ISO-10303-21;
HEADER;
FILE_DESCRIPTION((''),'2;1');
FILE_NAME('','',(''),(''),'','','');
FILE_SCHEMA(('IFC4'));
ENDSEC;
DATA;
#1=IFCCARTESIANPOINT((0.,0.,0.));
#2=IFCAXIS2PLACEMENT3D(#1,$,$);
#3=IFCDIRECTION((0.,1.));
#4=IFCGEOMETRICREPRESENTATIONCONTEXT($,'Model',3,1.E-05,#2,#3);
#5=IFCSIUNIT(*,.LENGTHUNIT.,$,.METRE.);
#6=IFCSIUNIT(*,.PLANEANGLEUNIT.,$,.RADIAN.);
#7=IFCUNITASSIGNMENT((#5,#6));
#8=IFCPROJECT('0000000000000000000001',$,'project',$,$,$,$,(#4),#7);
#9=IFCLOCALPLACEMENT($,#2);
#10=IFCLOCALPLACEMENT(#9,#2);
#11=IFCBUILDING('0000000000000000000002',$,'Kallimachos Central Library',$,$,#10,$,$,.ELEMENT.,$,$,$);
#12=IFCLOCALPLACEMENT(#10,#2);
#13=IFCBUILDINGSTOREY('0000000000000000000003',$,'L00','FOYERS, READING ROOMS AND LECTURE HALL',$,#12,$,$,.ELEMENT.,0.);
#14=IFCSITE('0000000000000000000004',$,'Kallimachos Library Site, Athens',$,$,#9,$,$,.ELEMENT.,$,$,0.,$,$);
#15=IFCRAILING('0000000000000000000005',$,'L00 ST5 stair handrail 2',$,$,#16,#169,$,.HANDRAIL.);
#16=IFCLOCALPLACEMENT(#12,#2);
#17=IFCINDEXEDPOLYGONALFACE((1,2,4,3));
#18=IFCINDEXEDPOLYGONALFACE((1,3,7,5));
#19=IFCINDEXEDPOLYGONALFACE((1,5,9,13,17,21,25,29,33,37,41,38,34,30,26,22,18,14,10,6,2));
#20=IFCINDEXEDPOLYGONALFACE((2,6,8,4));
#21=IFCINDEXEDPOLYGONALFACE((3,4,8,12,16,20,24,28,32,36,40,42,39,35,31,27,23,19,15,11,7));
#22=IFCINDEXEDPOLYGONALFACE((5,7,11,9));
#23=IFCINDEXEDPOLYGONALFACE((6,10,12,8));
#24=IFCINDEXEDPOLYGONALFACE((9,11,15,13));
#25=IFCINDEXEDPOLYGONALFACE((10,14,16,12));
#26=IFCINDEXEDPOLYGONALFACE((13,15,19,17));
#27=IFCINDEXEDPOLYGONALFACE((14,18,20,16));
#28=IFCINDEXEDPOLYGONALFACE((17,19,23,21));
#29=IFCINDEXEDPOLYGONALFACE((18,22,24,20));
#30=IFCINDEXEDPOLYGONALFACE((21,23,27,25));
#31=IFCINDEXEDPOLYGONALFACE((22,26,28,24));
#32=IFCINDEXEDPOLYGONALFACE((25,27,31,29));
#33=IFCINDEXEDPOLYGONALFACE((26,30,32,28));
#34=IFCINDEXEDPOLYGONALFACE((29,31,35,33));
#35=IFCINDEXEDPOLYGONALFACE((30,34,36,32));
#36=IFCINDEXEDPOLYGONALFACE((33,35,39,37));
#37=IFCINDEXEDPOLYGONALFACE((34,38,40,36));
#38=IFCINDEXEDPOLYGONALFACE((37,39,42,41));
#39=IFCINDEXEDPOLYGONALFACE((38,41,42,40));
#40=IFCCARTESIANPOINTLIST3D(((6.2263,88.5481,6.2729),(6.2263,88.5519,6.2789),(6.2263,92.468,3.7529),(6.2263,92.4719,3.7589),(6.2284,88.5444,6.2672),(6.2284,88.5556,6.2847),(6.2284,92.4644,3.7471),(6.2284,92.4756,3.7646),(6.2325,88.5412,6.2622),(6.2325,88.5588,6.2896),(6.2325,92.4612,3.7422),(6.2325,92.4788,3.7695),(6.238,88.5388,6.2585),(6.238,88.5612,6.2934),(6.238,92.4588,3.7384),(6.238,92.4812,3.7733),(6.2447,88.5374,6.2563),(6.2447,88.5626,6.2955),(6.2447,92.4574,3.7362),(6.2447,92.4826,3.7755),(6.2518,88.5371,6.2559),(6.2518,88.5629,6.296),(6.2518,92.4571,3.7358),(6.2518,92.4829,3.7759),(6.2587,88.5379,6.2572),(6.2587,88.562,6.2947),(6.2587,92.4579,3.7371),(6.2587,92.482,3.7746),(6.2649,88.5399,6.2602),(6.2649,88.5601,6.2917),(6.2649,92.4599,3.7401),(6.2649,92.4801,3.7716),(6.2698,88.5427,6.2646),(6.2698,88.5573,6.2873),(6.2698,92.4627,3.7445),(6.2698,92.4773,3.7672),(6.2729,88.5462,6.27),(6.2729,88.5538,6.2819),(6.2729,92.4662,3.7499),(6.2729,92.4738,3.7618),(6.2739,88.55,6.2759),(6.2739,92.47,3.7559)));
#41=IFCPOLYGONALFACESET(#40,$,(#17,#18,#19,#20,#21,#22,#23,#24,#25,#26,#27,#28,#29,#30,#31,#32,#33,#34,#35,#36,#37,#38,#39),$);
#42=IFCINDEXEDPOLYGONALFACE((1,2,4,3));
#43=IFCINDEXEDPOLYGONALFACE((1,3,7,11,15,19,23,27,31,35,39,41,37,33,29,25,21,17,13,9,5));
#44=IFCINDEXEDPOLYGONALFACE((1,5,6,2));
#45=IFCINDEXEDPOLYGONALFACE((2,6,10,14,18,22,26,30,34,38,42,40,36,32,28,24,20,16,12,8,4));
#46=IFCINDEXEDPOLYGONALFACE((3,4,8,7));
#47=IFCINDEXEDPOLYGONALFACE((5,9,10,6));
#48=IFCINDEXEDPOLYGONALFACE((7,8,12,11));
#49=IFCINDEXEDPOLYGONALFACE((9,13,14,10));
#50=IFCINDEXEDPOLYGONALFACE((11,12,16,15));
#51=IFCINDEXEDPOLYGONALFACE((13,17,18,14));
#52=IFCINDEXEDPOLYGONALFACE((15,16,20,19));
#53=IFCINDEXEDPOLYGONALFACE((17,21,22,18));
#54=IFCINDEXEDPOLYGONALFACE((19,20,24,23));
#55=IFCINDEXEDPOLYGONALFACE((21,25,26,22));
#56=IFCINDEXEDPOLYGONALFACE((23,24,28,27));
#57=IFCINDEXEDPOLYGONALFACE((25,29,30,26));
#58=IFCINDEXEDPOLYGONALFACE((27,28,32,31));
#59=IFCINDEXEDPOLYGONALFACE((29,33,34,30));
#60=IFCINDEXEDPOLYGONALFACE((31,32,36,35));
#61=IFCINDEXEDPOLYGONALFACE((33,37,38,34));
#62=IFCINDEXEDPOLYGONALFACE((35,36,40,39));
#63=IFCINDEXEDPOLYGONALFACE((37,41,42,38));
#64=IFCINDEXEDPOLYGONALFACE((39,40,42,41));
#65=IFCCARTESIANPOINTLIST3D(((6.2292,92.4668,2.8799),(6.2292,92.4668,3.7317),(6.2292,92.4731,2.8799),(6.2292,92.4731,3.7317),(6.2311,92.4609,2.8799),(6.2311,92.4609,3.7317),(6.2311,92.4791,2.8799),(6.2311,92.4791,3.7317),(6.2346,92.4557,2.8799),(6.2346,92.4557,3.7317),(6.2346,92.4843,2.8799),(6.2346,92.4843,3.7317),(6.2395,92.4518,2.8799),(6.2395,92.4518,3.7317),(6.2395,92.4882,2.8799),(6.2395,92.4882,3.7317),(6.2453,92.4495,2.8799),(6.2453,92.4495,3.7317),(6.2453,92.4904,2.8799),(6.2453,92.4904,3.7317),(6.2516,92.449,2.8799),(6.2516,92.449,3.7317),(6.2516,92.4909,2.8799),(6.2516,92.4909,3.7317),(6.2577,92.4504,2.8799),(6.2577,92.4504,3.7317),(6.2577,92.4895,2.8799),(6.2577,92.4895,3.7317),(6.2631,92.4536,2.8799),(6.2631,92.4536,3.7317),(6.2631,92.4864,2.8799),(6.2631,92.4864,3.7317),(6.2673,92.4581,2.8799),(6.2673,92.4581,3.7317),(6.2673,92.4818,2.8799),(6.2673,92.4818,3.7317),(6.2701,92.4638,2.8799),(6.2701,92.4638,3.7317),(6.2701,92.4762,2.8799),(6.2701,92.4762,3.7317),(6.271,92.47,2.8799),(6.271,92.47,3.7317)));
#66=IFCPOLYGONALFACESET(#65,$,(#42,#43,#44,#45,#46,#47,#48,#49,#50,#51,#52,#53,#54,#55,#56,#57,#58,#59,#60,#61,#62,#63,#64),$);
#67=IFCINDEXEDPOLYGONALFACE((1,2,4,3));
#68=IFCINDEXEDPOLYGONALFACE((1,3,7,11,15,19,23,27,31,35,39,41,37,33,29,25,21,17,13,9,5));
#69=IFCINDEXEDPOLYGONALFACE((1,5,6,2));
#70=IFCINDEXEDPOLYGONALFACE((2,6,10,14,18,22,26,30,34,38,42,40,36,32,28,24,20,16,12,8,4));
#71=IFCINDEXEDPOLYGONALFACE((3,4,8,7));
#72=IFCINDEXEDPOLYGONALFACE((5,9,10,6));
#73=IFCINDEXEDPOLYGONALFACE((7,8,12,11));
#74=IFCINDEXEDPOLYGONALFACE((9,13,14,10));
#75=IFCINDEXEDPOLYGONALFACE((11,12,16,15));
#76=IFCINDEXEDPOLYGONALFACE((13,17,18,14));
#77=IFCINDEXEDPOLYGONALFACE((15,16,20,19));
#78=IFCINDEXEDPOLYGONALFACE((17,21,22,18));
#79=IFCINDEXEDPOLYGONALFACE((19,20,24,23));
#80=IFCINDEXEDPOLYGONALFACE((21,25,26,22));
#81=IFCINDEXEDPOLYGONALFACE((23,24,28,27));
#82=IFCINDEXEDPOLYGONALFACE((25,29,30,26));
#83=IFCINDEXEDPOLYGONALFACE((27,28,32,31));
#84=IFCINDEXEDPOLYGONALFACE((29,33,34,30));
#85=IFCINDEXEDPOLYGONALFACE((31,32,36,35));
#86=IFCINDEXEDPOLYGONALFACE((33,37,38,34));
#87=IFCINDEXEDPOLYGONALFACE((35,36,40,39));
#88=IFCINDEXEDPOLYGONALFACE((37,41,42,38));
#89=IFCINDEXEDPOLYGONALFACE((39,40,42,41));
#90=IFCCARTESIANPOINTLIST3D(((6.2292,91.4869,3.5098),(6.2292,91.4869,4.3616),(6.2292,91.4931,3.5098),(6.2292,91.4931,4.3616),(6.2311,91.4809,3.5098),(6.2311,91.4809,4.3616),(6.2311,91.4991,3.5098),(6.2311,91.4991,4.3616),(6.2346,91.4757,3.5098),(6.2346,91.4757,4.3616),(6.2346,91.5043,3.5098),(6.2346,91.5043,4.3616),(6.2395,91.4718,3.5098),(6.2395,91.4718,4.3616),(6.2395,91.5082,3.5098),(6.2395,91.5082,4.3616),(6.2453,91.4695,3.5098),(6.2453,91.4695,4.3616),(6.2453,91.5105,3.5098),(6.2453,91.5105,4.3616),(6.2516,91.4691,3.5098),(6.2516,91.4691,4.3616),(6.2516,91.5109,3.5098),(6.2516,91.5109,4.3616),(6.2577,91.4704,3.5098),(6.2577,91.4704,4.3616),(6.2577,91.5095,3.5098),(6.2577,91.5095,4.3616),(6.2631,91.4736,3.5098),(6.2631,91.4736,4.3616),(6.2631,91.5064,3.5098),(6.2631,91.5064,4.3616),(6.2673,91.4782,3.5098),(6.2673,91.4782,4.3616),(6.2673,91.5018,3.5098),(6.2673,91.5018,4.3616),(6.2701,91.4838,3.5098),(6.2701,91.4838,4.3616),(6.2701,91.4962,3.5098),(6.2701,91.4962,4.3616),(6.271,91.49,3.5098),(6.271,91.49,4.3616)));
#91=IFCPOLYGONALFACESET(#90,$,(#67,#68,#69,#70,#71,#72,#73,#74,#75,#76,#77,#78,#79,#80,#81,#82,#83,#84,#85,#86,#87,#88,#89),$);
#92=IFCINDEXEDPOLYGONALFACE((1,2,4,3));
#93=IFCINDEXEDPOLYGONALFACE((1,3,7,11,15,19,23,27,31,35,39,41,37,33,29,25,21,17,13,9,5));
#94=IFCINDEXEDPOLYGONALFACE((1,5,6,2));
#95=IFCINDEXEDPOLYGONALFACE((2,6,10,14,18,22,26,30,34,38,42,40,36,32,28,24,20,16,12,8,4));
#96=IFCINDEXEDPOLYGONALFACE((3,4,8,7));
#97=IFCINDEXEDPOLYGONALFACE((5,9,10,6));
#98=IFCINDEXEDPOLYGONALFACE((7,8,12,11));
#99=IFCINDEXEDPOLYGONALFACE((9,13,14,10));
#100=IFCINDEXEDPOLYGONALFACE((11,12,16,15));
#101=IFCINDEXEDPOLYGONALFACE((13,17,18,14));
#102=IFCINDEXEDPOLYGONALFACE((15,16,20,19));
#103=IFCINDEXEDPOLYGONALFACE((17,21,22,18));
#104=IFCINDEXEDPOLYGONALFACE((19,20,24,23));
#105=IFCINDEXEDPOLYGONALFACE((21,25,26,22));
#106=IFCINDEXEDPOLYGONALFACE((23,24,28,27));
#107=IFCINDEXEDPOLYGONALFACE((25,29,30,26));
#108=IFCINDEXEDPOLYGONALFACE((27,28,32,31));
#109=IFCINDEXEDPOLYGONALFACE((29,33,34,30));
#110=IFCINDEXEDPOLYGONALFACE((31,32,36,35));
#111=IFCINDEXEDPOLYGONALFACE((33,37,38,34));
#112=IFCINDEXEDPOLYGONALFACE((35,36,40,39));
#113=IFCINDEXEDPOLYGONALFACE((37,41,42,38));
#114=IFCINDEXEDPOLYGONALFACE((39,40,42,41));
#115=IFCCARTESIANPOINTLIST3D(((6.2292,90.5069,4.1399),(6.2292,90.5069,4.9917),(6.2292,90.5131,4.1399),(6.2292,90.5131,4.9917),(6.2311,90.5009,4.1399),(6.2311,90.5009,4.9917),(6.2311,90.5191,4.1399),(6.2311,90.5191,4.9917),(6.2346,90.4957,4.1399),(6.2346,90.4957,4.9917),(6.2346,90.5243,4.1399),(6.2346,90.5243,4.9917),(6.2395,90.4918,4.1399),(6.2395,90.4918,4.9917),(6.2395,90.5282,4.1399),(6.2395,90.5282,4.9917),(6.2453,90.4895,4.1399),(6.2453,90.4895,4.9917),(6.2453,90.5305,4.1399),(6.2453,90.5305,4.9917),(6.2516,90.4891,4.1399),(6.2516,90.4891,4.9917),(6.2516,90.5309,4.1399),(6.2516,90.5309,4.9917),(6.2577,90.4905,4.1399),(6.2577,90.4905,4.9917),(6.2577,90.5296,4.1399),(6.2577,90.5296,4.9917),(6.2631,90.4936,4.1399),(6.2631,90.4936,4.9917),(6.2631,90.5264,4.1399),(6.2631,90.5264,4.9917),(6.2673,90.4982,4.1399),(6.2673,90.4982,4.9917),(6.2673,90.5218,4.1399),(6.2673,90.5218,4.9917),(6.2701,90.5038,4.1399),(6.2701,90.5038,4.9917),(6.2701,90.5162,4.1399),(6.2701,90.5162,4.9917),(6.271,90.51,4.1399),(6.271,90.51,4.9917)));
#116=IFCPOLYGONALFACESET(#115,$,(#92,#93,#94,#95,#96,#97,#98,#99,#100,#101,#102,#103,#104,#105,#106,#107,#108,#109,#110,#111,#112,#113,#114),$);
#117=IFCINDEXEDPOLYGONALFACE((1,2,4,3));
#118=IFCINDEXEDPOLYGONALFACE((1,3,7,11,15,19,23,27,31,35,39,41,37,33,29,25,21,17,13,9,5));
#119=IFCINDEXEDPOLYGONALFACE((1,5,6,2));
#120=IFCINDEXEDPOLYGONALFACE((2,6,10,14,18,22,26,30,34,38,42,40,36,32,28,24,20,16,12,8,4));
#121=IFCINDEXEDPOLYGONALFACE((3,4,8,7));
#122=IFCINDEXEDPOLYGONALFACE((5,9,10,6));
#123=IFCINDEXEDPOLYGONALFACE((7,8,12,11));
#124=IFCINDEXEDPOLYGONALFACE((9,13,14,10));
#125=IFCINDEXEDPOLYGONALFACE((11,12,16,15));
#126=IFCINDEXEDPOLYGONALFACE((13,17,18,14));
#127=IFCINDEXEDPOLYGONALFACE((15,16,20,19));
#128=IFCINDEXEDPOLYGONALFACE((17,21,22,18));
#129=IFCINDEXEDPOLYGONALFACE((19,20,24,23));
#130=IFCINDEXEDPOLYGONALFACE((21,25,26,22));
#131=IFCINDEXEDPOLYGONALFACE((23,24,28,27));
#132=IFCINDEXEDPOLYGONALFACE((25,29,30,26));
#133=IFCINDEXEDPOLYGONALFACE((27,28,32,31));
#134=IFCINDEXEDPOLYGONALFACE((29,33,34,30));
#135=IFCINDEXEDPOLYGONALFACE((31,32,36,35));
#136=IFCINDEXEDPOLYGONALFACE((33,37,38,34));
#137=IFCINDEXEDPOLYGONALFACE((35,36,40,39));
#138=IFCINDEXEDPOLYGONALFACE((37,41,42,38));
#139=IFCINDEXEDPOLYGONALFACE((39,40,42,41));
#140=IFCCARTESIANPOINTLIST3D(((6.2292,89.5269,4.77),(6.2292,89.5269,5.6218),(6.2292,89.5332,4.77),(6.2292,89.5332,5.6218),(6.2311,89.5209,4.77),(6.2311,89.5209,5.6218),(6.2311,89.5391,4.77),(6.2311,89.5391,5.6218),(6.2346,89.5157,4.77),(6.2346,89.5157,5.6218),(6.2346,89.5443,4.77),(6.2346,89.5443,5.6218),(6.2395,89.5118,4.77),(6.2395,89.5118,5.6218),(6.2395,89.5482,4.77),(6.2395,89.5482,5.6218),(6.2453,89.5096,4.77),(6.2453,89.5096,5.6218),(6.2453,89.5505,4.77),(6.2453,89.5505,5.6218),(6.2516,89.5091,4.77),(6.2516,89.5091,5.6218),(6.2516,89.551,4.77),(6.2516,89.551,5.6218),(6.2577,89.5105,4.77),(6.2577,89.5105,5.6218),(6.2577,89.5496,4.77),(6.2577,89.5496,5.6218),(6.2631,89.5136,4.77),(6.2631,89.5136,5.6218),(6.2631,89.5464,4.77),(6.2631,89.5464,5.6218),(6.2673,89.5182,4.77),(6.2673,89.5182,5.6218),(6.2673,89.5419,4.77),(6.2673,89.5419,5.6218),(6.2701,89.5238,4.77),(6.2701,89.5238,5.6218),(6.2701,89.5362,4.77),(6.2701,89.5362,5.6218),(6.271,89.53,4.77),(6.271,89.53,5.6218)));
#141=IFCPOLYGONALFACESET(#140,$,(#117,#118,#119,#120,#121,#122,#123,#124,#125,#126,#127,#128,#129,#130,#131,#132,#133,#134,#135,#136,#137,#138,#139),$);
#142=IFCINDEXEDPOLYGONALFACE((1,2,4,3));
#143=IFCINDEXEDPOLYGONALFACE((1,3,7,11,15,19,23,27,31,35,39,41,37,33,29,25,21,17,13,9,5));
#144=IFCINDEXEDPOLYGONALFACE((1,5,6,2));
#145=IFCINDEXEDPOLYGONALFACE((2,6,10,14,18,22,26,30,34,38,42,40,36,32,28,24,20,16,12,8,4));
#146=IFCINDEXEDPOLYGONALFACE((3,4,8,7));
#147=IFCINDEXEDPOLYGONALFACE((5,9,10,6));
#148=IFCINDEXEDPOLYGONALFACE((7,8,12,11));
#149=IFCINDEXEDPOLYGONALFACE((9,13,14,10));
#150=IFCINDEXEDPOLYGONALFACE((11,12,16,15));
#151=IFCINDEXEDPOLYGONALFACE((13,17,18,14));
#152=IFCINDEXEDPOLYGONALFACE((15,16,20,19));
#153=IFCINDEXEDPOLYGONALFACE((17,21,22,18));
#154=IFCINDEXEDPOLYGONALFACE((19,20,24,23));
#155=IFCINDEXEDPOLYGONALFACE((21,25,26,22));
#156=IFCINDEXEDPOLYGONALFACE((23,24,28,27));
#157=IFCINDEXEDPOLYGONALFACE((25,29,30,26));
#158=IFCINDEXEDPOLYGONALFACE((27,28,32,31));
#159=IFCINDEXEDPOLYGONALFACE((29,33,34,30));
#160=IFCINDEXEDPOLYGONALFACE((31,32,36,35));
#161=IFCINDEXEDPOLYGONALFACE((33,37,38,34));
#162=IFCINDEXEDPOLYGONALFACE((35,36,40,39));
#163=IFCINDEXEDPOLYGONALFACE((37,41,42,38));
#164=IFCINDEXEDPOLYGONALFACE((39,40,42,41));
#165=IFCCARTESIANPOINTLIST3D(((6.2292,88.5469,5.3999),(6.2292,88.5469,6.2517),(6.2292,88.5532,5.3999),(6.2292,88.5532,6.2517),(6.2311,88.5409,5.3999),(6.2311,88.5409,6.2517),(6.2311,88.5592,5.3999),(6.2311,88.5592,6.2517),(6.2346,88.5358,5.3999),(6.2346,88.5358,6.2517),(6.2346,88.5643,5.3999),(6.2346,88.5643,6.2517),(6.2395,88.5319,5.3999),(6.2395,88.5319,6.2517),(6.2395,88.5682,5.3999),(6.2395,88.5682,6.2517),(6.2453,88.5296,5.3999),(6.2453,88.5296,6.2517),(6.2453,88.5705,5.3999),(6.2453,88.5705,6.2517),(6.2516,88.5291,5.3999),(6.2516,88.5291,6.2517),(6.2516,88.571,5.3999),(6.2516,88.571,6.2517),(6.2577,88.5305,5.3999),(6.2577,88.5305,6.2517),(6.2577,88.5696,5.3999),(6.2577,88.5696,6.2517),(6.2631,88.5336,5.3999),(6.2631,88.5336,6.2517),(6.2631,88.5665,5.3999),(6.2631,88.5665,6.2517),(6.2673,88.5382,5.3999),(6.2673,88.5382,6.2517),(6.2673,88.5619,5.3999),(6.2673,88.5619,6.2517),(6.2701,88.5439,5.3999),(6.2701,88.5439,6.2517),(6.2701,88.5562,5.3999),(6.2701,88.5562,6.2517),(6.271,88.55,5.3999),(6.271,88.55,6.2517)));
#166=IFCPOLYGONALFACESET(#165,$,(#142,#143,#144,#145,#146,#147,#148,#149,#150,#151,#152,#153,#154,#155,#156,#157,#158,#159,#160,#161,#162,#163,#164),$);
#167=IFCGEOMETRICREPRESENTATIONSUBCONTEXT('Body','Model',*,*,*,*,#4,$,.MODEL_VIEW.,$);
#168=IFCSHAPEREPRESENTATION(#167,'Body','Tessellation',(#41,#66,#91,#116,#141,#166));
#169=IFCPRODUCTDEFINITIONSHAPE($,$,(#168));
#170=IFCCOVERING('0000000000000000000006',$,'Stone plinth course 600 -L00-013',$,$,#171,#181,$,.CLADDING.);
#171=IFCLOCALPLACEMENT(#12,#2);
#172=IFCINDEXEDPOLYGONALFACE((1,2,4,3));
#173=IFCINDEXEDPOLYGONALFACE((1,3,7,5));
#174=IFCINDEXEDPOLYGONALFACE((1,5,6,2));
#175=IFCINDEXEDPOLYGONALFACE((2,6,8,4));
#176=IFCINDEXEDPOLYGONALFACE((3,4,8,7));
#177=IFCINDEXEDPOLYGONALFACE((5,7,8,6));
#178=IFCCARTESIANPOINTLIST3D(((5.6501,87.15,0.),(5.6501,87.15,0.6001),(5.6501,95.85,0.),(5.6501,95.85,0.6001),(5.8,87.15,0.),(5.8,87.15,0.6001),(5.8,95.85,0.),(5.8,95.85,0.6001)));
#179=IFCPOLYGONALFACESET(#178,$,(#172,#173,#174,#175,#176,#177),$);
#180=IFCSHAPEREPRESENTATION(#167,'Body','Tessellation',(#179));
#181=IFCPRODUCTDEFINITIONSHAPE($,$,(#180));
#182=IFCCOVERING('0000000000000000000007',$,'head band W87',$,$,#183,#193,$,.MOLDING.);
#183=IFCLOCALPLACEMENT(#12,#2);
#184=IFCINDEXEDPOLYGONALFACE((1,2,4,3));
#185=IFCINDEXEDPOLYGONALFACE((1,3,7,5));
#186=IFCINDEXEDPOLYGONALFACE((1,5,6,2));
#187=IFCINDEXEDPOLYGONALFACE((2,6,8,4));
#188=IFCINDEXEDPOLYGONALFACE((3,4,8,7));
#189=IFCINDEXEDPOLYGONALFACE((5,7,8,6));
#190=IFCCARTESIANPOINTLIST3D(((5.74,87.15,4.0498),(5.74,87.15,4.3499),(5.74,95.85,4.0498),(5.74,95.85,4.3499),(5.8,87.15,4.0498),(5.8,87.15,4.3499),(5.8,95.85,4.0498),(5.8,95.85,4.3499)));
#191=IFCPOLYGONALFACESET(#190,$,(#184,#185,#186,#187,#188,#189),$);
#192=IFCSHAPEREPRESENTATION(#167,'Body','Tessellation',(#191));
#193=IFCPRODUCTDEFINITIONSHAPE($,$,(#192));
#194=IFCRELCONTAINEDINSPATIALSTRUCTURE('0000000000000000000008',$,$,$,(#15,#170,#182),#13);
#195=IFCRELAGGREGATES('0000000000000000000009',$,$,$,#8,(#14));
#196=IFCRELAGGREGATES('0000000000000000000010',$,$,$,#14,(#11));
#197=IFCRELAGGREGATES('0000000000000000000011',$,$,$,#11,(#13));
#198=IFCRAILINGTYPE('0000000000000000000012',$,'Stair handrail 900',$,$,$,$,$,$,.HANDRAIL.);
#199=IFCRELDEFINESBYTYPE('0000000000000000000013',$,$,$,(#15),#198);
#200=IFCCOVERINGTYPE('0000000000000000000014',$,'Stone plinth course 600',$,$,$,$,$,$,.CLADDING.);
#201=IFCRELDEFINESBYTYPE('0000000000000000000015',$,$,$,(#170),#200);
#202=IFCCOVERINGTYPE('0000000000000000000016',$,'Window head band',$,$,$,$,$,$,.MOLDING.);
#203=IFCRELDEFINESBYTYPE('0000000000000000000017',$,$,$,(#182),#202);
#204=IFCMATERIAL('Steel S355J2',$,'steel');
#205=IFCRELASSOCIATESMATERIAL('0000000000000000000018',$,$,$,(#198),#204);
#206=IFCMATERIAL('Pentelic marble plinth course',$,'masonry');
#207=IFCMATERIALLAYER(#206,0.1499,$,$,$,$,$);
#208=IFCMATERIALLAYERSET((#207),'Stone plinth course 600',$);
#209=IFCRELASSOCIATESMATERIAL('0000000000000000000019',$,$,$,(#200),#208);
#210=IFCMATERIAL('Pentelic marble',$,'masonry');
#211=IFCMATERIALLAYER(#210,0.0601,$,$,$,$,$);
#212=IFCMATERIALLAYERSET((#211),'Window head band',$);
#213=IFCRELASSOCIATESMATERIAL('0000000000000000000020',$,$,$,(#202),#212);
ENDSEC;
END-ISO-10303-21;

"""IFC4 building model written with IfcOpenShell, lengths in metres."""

from ifc_helpers import new_model, si_unit, direction, frame, origin, origin_2d, place, context, subcontext, project, spatial, rectangle, circle, extrude, material, layer, layer_set, type_object, element, save


model = new_model("IFC4")

# Units and contexts
model_context = context("Model", 3, precision=1e-05, world=origin(), true_north=direction((0.0, 1.0)))
body_context = subcontext(model_context, "Body", "Model", "MODEL_VIEW")
ifc_project = project(units=[si_unit("LENGTHUNIT", "METRE"), si_unit("PLANEANGLEUNIT", "RADIAN")], contexts=[model_context])

# Site, building, storey
site_placement = place(None, origin())
site = spatial("IfcSite", under=ifc_project, at=site_placement, Name="Kallimachos Library Site, Athens", CompositionType="ELEMENT", RefElevation=0.0)
building_placement = place(site_placement, origin())
building = spatial("IfcBuilding", under=site, at=building_placement, Name="Kallimachos Central Library", CompositionType="ELEMENT")
storey_placement = place(building_placement, origin())
storey = spatial("IfcBuildingStorey", under=building, at=storey_placement, Name="L00", Description="FOYERS, READING ROOMS AND LECTURE HALL", CompositionType="ELEMENT", Elevation=0.0)

# Railing
ifc_material_1 = material(Name="Steel S355J2", Category="steel")
railing_type_1 = type_object("IfcRailingType", Name="Stair handrail 900", PredefinedType="HANDRAIL", material=ifc_material_1)
railing_1_placement = place(storey_placement, frame((6.25, 92.47, 2.8799)))
element("IfcRailing", 1, at=railing_1_placement, inside=storey, type_object=railing_type_1, Name="L00 ST5 stair handrail 2", PredefinedType="HANDRAIL", context=body_context, shape_type="SweptSolid", body=[
    extrude(circle(Radius=0.0239, at=origin_2d()), frame((0.0, 0.0, 0.876), z_axis=(0.0, -0.841172, 0.540768), x_axis=(1.0, 0.0, 0.0)), (0.0, 0.0, 1.0), 4.6602),
    extrude(circle(Radius=0.021, at=origin_2d()), origin(), (0.0, 0.0, 1.0), 0.8518),
    extrude(circle(Radius=0.021, at=origin_2d()), frame((0.0, -0.98, 0.6299)), (0.0, 0.0, 1.0), 0.8518),
    extrude(circle(Radius=0.021, at=origin_2d()), frame((0.0, -1.96, 1.26)), (0.0, 0.0, 1.0), 0.8518),
    extrude(circle(Radius=0.021, at=origin_2d()), frame((0.0, -2.9399, 1.8901)), (0.0, 0.0, 1.0), 0.8518),
    extrude(circle(Radius=0.021, at=origin_2d()), frame((0.0, -3.9199, 2.52)), (0.0, 0.0, 1.0), 0.8518),
])

# Coverings
ifc_material_2 = material(Name="Pentelic marble plinth course", Category="masonry")
ifc_layer_1 = layer(ifc_material_2, 0.1499)
ifc_layer_set_1 = layer_set([ifc_layer_1], Name="Stone plinth course 600")
covering_type_1 = type_object("IfcCoveringType", Name="Stone plinth course 600", PredefinedType="CLADDING", material=ifc_layer_set_1)
covering_1_placement = place(storey_placement, frame((5.7251, 91.5, 0.0), z_axis=(0.0, 0.0, 1.0), x_axis=(1.0, 0.0, 0.0)))
element("IfcCovering", 2, at=covering_1_placement, inside=storey, type_object=covering_type_1, Name="Stone plinth course 600 -L00-013", PredefinedType="CLADDING", context=body_context, shape_type="SweptSolid", body=[
    extrude(rectangle(XDim=0.1499, YDim=8.7, at=origin_2d()), origin(), (0.0, 0.0, 1.0), 0.6001),
])
ifc_material_3 = material(Name="Pentelic marble", Category="masonry")
ifc_layer_2 = layer(ifc_material_3, 0.0601)
ifc_layer_set_2 = layer_set([ifc_layer_2], Name="Window head band")
covering_type_2 = type_object("IfcCoveringType", Name="Window head band", PredefinedType="MOLDING", material=ifc_layer_set_2)
covering_2_placement = place(storey_placement, frame((5.77, 91.5, 4.0498), z_axis=(0.0, 0.0, 1.0), x_axis=(1.0, 0.0, 0.0)))
element("IfcCovering", 3, at=covering_2_placement, inside=storey, type_object=covering_type_2, Name="head band W87", PredefinedType="MOLDING", context=body_context, shape_type="SweptSolid", body=[
    extrude(rectangle(XDim=0.0601, YDim=8.7, at=origin_2d()), origin(), (0.0, 0.0, 1.0), 0.3),
])

save(model, "model.ifc")
